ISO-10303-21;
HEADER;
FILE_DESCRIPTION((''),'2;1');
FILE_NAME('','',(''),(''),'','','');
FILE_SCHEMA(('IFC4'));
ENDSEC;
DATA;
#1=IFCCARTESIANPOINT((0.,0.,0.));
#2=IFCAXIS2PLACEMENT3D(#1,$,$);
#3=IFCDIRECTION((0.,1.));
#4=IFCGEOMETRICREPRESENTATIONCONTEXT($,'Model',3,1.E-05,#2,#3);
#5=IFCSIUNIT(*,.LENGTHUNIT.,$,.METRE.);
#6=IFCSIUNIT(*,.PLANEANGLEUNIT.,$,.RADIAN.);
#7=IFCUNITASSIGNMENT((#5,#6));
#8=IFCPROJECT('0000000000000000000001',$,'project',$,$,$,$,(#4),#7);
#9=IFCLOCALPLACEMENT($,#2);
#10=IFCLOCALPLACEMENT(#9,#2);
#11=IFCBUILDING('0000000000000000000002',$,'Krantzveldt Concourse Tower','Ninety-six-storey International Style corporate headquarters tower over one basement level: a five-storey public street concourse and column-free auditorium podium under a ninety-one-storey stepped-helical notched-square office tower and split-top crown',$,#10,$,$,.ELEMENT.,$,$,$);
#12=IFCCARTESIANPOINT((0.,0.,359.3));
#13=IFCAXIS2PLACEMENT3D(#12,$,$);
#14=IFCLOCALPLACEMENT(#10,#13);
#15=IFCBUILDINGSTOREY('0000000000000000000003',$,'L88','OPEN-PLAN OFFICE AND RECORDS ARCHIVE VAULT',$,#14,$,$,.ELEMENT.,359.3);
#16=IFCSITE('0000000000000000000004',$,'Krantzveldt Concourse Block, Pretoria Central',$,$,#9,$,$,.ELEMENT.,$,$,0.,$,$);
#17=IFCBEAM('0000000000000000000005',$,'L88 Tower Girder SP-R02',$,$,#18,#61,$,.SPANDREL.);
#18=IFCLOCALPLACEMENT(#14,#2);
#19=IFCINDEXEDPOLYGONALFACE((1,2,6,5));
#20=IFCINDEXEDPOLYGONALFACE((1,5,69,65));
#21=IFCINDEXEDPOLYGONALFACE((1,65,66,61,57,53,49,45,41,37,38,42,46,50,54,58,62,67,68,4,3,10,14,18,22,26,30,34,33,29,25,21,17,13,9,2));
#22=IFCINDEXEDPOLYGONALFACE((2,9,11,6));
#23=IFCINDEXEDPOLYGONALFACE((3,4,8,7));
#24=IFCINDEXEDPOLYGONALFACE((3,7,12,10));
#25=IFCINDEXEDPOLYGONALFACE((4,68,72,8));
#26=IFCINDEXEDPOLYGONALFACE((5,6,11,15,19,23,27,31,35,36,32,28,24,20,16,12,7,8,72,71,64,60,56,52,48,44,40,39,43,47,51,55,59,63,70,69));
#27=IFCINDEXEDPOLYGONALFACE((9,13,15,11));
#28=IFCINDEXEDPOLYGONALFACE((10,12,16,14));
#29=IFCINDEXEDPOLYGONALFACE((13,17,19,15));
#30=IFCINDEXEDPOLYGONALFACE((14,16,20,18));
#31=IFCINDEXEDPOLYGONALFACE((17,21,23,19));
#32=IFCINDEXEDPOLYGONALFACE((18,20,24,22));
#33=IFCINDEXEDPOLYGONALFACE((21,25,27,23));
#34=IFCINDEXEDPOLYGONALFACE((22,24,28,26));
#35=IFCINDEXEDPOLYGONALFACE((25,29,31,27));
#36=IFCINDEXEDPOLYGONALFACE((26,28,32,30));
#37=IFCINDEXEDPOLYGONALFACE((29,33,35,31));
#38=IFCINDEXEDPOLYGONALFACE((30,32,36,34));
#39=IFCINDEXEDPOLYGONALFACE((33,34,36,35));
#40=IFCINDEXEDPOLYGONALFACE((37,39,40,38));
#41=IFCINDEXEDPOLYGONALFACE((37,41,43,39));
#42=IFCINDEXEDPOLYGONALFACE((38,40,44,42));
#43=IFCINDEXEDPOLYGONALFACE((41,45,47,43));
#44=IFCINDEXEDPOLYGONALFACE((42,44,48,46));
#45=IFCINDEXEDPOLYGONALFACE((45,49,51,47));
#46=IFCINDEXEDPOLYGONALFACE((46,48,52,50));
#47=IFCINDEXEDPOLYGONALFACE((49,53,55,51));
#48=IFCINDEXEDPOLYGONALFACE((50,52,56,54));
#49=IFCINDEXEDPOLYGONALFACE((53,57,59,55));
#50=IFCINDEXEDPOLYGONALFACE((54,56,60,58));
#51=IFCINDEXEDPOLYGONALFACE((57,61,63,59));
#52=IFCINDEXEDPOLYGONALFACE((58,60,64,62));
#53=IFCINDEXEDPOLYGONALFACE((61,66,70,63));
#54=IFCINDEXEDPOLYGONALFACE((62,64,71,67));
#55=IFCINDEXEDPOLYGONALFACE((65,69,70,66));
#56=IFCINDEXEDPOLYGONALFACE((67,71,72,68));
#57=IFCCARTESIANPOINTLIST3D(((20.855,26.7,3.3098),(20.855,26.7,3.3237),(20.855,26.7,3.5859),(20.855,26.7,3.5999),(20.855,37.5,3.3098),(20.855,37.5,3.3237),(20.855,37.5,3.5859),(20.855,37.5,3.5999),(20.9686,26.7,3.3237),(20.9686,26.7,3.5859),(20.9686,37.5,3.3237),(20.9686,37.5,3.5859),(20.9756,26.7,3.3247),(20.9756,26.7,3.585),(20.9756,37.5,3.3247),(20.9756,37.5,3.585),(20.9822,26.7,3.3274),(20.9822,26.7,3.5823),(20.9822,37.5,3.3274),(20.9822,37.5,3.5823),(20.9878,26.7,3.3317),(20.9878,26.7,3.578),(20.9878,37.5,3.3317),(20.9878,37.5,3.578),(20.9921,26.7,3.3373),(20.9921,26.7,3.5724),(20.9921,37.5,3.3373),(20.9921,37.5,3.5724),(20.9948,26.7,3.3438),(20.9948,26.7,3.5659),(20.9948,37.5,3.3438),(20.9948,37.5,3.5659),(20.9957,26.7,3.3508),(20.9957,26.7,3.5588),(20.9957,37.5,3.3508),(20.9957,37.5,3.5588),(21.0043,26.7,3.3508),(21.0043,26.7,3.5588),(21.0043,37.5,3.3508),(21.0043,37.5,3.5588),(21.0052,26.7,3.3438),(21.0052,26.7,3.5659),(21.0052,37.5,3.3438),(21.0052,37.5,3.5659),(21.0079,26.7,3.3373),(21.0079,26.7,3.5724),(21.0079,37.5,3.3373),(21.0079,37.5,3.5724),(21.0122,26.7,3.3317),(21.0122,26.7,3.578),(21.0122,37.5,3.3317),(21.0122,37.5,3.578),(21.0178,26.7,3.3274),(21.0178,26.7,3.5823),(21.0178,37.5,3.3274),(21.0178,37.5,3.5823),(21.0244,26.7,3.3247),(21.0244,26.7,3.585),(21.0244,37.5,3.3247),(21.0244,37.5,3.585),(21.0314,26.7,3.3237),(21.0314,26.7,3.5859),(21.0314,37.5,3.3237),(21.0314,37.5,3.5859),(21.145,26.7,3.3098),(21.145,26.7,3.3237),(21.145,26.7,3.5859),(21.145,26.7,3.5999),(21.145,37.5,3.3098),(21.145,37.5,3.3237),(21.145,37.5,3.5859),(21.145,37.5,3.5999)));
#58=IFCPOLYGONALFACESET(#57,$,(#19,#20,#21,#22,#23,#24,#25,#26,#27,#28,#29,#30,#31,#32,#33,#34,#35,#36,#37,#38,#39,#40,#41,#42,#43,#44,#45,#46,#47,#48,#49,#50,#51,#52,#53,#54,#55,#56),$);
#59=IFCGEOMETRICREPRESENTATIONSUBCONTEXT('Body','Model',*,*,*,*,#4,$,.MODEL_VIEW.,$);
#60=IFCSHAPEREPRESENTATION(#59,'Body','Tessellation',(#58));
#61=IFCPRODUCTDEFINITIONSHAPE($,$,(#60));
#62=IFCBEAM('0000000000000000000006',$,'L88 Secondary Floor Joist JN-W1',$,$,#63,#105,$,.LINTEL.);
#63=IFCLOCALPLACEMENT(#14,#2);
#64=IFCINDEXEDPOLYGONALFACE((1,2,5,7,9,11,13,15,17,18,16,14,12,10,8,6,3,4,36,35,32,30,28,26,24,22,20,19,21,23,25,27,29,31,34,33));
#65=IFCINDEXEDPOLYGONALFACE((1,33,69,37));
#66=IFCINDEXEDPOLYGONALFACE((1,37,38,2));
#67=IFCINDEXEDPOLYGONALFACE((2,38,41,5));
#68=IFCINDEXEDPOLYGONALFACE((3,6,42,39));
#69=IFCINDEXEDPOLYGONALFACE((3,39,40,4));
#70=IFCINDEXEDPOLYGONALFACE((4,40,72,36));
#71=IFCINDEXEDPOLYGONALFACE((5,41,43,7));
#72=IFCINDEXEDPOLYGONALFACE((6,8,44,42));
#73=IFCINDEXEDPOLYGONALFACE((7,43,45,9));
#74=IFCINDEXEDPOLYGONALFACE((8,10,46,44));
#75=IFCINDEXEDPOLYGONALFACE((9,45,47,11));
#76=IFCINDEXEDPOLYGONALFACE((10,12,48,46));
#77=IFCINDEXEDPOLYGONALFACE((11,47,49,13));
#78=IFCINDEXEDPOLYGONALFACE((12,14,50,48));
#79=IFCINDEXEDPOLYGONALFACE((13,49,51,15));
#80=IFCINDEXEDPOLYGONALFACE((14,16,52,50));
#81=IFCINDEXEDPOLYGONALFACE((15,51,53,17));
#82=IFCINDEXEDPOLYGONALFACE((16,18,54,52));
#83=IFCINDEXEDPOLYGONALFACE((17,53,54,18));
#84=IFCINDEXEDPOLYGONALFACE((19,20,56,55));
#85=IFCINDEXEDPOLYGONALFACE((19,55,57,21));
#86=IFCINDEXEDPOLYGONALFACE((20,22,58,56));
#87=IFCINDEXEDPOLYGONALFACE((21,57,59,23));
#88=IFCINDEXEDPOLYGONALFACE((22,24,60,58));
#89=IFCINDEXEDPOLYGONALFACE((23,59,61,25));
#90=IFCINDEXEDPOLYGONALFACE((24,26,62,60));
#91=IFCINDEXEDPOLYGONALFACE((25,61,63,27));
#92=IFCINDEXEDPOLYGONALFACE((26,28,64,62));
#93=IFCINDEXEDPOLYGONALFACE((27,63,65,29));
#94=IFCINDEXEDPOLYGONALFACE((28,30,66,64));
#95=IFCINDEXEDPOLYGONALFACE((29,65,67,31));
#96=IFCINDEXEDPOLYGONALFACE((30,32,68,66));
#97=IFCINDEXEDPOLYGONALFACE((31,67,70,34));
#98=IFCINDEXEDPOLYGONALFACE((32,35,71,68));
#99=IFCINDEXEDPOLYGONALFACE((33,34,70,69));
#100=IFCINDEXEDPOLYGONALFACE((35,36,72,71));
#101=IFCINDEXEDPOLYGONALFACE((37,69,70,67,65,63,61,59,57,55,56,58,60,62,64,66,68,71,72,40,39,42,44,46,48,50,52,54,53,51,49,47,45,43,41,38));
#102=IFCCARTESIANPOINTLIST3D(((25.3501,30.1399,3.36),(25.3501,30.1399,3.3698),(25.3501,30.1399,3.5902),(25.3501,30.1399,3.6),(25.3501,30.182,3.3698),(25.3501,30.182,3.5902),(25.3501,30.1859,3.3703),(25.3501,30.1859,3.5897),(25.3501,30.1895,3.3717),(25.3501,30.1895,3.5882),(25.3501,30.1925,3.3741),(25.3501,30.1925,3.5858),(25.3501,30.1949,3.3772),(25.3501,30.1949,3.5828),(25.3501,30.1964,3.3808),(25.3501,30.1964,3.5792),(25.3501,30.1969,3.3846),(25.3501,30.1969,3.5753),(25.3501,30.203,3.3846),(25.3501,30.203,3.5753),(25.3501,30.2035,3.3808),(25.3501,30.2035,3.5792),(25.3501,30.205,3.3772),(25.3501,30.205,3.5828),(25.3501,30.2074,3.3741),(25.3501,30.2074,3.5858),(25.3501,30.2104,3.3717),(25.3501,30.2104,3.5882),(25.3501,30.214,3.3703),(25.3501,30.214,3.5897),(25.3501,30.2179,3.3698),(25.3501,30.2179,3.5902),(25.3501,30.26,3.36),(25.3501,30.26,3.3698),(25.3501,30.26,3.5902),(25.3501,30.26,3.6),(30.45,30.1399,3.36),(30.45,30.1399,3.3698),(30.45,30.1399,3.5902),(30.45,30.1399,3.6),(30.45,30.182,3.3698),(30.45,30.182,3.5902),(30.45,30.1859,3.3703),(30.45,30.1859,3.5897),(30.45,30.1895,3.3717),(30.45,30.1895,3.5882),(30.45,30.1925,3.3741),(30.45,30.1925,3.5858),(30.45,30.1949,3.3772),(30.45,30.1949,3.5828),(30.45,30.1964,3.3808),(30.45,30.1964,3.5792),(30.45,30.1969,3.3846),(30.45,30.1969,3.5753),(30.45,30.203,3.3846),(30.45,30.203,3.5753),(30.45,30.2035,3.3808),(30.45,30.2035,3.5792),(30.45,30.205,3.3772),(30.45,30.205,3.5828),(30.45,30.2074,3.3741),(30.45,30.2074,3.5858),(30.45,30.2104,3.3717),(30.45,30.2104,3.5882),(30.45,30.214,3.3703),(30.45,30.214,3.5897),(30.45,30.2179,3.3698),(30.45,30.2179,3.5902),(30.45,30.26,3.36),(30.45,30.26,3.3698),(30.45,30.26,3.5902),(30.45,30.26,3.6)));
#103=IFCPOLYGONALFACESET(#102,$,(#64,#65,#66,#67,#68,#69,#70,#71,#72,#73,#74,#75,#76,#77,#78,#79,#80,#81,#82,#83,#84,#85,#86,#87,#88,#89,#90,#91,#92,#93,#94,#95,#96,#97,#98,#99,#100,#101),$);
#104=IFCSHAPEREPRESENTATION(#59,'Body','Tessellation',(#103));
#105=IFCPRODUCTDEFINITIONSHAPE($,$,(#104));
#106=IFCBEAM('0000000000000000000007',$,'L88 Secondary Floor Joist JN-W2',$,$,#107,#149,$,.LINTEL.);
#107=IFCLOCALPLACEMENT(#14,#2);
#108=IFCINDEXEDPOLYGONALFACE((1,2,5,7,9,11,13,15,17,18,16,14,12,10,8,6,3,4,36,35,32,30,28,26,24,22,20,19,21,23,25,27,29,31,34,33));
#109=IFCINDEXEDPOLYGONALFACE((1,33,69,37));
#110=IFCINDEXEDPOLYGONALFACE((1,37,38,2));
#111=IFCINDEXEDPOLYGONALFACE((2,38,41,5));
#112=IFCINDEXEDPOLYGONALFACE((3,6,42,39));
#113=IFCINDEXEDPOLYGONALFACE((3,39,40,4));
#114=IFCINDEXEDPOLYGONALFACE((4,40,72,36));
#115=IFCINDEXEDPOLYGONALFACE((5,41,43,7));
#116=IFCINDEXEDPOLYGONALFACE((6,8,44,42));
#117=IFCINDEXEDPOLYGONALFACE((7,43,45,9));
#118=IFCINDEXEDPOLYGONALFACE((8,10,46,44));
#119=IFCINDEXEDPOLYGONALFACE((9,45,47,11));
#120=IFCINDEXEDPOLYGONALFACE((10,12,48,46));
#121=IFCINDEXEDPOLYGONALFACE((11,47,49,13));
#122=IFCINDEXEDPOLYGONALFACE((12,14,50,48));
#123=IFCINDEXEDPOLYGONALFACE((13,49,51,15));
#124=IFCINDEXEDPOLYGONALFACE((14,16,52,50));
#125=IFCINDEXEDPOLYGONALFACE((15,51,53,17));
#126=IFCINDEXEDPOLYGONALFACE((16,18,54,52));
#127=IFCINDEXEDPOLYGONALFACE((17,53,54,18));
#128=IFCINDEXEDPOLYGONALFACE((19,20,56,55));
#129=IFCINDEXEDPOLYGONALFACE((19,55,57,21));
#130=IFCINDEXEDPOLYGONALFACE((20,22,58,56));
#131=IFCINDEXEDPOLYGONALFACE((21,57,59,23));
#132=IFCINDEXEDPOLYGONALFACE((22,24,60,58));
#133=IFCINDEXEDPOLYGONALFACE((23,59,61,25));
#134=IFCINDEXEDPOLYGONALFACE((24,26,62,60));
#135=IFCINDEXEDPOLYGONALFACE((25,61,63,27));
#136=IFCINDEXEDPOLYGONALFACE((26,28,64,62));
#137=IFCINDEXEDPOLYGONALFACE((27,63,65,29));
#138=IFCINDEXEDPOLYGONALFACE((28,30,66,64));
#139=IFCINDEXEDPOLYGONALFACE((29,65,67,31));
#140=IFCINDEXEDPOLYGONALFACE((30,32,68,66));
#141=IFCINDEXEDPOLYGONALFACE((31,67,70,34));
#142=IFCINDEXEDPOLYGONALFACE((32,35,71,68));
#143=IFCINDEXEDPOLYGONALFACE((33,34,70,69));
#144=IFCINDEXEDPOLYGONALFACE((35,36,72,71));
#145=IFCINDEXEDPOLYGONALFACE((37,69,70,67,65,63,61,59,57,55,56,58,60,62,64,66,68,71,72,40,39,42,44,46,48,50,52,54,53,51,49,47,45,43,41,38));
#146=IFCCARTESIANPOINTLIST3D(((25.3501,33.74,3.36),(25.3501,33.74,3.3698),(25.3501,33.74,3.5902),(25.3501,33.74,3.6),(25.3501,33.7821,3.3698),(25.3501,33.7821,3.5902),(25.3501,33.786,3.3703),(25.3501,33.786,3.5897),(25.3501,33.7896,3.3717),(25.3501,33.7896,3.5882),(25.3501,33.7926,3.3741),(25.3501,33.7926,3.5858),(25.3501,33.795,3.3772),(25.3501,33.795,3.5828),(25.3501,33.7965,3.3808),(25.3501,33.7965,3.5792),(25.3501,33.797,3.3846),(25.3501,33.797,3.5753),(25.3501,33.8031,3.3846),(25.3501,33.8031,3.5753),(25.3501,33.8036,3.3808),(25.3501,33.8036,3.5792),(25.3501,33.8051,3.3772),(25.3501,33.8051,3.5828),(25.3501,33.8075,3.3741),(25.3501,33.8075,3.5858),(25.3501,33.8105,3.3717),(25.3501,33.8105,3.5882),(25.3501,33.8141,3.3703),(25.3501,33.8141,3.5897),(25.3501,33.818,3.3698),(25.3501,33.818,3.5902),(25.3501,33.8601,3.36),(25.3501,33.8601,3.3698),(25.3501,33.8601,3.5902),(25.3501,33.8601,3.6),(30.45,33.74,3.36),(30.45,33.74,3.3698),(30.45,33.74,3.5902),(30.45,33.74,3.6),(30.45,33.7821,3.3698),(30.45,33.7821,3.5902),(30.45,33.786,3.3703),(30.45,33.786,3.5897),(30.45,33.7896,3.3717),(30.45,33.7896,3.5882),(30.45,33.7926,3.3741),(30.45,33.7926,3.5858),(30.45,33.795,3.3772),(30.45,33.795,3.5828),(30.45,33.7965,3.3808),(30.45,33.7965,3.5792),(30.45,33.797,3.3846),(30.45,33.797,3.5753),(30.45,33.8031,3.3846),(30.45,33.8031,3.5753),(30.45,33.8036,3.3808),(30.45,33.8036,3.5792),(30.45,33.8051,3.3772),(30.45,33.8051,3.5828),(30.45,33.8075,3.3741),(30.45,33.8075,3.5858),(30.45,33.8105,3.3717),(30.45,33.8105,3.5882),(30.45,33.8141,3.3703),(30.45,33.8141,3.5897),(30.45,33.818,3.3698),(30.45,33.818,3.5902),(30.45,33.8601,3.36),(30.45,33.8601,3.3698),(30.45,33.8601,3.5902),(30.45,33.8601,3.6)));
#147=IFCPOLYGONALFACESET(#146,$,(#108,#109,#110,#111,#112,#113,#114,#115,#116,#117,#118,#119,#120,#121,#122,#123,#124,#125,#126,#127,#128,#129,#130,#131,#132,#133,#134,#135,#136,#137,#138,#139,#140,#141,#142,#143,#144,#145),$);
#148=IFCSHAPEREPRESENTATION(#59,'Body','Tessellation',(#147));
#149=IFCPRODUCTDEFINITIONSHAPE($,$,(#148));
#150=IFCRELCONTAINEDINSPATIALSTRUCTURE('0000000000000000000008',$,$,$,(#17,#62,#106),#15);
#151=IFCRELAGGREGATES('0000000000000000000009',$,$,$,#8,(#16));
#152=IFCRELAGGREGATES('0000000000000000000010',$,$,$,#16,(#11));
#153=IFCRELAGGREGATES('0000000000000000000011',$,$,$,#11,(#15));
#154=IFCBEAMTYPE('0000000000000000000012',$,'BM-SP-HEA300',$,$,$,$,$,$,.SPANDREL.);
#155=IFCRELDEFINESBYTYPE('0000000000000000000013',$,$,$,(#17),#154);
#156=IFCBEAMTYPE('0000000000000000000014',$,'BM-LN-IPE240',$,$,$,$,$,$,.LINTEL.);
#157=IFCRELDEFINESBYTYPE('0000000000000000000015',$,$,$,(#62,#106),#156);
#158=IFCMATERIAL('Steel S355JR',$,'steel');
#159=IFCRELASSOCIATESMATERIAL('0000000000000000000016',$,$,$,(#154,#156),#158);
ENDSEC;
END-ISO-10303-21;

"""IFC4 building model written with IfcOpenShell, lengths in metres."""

from ifc_helpers import new_model, si_unit, direction, frame, origin, origin_2d, place, context, subcontext, project, spatial, i_section, extrude, source, transform, mapped, material, material_profile, profile_set, type_object, type_shapes, element, save


model = new_model("IFC4")

# Units and contexts
model_context = context("Model", 3, precision=1e-05, world=origin(), true_north=direction((0.0, 1.0)))
body_context = subcontext(model_context, "Body", "Model", "MODEL_VIEW")
ifc_project = project(units=[si_unit("LENGTHUNIT", "METRE"), si_unit("PLANEANGLEUNIT", "RADIAN")], contexts=[model_context])

# Site, building, storey
site_placement = place(None, origin())
site = spatial("IfcSite", under=ifc_project, at=site_placement, Name="Krantzveldt Concourse Block, Pretoria Central", CompositionType="ELEMENT", RefElevation=0.0)
building_placement = place(site_placement, origin())
building = spatial("IfcBuilding", under=site, at=building_placement, Name="Krantzveldt Concourse Tower", Description="Ninety-six-storey International Style corporate headquarters tower over one basement level: a five-storey public street concourse and column-free auditorium podium under a ninety-one-storey stepped-helical notched-square office tower and split-top crown", CompositionType="ELEMENT")
storey_placement = place(building_placement, frame((0.0, 0.0, 359.3)))
storey = spatial("IfcBuildingStorey", under=building, at=storey_placement, Name="L88", Description="OPEN-PLAN OFFICE AND RECORDS ARCHIVE VAULT", CompositionType="ELEMENT", Elevation=359.3)

# Beams
ifc_material_1 = material(Name="Steel S355JR", Category="steel")
ifc_material_profile_1 = material_profile(ifc_material_1, i_section(OverallWidth=0.29, OverallDepth=0.29, WebThickness=0.0085, FlangeThickness=0.0139, FilletRadius=0.0271, at=origin_2d()), Name="Steel S355JR", Category="steel")
ifc_profile_set_1 = profile_set([ifc_material_profile_1], Name="Steel S355JR - HEA 300")
beam_type_1 = type_object("IfcBeamType", Name="BM-SP-HEA300", PredefinedType="SPANDREL", material=ifc_profile_set_1)
shared_shape_1 = source(origin(), body_context, "Body", "SweptSolid", [
    extrude(i_section(OverallWidth=0.29, OverallDepth=0.29, WebThickness=0.0085, FlangeThickness=0.0139, FilletRadius=0.0271, at=origin_2d()), origin(), (0.0, 0.0, 1.0), 10.8),
])
type_shapes(beam_type_1, [shared_shape_1])
beam_1_placement = place(storey_placement, frame((21.0, 26.7, 3.4548), z_axis=(0.0, 1.0, 0.0), x_axis=(-1.0, 0.0, 0.0)))
element("IfcBeam", 1, at=beam_1_placement, inside=storey, type_object=beam_type_1, Name="L88 Tower Girder SP-R02", PredefinedType="SPANDREL", context=body_context, shape_type="MappedRepresentation", body=[
    mapped(shared_shape_1, transform((0.0, 0.0, 0.0), x_axis=(1.0, 0.0, 0.0), y_axis=(0.0, 1.0, 0.0), z_axis=(0.0, 0.0, 1.0), scale=1.0)),
])
ifc_material_profile_2 = material_profile(ifc_material_1, i_section(OverallWidth=0.1201, OverallDepth=0.24, WebThickness=0.0061, FlangeThickness=0.0098, FilletRadius=0.0149, at=origin_2d()), Name="Steel S355JR", Category="steel")
ifc_profile_set_2 = profile_set([ifc_material_profile_2], Name="Steel S355JR - IPE 240")
beam_type_2 = type_object("IfcBeamType", Name="BM-LN-IPE240", PredefinedType="LINTEL", material=ifc_profile_set_2)
shared_shape_2 = source(origin(), body_context, "Body", "SweptSolid", [
    extrude(i_section(OverallWidth=0.1201, OverallDepth=0.24, WebThickness=0.0061, FlangeThickness=0.0098, FilletRadius=0.0149, at=origin_2d()), origin(), (0.0, 0.0, 1.0), 5.0999),
])
type_shapes(beam_type_2, [shared_shape_2])
for number, where, z_axis, x_axis, name in (
    (2, (25.3501, 30.2, 3.48), (1.0, 0.0, 0.0), (0.0, 1.0, 0.0), "L88 Secondary Floor Joist JN-W1"),
    (3, (25.3501, 33.8, 3.48), (1.0, 0.0, 0.0), (0.0, 1.0, 0.0), "L88 Secondary Floor Joist JN-W2"),
):
    element("IfcBeam", number, at=place(storey_placement, frame(where, z_axis=z_axis, x_axis=x_axis)), inside=storey, type_object=beam_type_2, Name=name, PredefinedType="LINTEL", context=body_context, shape_type="MappedRepresentation", body=[
        mapped(shared_shape_2, transform((0.0, 0.0, 0.0), x_axis=(1.0, 0.0, 0.0), y_axis=(0.0, 1.0, 0.0), z_axis=(0.0, 0.0, 1.0), scale=1.0)),
    ])

save(model, "model.ifc")
